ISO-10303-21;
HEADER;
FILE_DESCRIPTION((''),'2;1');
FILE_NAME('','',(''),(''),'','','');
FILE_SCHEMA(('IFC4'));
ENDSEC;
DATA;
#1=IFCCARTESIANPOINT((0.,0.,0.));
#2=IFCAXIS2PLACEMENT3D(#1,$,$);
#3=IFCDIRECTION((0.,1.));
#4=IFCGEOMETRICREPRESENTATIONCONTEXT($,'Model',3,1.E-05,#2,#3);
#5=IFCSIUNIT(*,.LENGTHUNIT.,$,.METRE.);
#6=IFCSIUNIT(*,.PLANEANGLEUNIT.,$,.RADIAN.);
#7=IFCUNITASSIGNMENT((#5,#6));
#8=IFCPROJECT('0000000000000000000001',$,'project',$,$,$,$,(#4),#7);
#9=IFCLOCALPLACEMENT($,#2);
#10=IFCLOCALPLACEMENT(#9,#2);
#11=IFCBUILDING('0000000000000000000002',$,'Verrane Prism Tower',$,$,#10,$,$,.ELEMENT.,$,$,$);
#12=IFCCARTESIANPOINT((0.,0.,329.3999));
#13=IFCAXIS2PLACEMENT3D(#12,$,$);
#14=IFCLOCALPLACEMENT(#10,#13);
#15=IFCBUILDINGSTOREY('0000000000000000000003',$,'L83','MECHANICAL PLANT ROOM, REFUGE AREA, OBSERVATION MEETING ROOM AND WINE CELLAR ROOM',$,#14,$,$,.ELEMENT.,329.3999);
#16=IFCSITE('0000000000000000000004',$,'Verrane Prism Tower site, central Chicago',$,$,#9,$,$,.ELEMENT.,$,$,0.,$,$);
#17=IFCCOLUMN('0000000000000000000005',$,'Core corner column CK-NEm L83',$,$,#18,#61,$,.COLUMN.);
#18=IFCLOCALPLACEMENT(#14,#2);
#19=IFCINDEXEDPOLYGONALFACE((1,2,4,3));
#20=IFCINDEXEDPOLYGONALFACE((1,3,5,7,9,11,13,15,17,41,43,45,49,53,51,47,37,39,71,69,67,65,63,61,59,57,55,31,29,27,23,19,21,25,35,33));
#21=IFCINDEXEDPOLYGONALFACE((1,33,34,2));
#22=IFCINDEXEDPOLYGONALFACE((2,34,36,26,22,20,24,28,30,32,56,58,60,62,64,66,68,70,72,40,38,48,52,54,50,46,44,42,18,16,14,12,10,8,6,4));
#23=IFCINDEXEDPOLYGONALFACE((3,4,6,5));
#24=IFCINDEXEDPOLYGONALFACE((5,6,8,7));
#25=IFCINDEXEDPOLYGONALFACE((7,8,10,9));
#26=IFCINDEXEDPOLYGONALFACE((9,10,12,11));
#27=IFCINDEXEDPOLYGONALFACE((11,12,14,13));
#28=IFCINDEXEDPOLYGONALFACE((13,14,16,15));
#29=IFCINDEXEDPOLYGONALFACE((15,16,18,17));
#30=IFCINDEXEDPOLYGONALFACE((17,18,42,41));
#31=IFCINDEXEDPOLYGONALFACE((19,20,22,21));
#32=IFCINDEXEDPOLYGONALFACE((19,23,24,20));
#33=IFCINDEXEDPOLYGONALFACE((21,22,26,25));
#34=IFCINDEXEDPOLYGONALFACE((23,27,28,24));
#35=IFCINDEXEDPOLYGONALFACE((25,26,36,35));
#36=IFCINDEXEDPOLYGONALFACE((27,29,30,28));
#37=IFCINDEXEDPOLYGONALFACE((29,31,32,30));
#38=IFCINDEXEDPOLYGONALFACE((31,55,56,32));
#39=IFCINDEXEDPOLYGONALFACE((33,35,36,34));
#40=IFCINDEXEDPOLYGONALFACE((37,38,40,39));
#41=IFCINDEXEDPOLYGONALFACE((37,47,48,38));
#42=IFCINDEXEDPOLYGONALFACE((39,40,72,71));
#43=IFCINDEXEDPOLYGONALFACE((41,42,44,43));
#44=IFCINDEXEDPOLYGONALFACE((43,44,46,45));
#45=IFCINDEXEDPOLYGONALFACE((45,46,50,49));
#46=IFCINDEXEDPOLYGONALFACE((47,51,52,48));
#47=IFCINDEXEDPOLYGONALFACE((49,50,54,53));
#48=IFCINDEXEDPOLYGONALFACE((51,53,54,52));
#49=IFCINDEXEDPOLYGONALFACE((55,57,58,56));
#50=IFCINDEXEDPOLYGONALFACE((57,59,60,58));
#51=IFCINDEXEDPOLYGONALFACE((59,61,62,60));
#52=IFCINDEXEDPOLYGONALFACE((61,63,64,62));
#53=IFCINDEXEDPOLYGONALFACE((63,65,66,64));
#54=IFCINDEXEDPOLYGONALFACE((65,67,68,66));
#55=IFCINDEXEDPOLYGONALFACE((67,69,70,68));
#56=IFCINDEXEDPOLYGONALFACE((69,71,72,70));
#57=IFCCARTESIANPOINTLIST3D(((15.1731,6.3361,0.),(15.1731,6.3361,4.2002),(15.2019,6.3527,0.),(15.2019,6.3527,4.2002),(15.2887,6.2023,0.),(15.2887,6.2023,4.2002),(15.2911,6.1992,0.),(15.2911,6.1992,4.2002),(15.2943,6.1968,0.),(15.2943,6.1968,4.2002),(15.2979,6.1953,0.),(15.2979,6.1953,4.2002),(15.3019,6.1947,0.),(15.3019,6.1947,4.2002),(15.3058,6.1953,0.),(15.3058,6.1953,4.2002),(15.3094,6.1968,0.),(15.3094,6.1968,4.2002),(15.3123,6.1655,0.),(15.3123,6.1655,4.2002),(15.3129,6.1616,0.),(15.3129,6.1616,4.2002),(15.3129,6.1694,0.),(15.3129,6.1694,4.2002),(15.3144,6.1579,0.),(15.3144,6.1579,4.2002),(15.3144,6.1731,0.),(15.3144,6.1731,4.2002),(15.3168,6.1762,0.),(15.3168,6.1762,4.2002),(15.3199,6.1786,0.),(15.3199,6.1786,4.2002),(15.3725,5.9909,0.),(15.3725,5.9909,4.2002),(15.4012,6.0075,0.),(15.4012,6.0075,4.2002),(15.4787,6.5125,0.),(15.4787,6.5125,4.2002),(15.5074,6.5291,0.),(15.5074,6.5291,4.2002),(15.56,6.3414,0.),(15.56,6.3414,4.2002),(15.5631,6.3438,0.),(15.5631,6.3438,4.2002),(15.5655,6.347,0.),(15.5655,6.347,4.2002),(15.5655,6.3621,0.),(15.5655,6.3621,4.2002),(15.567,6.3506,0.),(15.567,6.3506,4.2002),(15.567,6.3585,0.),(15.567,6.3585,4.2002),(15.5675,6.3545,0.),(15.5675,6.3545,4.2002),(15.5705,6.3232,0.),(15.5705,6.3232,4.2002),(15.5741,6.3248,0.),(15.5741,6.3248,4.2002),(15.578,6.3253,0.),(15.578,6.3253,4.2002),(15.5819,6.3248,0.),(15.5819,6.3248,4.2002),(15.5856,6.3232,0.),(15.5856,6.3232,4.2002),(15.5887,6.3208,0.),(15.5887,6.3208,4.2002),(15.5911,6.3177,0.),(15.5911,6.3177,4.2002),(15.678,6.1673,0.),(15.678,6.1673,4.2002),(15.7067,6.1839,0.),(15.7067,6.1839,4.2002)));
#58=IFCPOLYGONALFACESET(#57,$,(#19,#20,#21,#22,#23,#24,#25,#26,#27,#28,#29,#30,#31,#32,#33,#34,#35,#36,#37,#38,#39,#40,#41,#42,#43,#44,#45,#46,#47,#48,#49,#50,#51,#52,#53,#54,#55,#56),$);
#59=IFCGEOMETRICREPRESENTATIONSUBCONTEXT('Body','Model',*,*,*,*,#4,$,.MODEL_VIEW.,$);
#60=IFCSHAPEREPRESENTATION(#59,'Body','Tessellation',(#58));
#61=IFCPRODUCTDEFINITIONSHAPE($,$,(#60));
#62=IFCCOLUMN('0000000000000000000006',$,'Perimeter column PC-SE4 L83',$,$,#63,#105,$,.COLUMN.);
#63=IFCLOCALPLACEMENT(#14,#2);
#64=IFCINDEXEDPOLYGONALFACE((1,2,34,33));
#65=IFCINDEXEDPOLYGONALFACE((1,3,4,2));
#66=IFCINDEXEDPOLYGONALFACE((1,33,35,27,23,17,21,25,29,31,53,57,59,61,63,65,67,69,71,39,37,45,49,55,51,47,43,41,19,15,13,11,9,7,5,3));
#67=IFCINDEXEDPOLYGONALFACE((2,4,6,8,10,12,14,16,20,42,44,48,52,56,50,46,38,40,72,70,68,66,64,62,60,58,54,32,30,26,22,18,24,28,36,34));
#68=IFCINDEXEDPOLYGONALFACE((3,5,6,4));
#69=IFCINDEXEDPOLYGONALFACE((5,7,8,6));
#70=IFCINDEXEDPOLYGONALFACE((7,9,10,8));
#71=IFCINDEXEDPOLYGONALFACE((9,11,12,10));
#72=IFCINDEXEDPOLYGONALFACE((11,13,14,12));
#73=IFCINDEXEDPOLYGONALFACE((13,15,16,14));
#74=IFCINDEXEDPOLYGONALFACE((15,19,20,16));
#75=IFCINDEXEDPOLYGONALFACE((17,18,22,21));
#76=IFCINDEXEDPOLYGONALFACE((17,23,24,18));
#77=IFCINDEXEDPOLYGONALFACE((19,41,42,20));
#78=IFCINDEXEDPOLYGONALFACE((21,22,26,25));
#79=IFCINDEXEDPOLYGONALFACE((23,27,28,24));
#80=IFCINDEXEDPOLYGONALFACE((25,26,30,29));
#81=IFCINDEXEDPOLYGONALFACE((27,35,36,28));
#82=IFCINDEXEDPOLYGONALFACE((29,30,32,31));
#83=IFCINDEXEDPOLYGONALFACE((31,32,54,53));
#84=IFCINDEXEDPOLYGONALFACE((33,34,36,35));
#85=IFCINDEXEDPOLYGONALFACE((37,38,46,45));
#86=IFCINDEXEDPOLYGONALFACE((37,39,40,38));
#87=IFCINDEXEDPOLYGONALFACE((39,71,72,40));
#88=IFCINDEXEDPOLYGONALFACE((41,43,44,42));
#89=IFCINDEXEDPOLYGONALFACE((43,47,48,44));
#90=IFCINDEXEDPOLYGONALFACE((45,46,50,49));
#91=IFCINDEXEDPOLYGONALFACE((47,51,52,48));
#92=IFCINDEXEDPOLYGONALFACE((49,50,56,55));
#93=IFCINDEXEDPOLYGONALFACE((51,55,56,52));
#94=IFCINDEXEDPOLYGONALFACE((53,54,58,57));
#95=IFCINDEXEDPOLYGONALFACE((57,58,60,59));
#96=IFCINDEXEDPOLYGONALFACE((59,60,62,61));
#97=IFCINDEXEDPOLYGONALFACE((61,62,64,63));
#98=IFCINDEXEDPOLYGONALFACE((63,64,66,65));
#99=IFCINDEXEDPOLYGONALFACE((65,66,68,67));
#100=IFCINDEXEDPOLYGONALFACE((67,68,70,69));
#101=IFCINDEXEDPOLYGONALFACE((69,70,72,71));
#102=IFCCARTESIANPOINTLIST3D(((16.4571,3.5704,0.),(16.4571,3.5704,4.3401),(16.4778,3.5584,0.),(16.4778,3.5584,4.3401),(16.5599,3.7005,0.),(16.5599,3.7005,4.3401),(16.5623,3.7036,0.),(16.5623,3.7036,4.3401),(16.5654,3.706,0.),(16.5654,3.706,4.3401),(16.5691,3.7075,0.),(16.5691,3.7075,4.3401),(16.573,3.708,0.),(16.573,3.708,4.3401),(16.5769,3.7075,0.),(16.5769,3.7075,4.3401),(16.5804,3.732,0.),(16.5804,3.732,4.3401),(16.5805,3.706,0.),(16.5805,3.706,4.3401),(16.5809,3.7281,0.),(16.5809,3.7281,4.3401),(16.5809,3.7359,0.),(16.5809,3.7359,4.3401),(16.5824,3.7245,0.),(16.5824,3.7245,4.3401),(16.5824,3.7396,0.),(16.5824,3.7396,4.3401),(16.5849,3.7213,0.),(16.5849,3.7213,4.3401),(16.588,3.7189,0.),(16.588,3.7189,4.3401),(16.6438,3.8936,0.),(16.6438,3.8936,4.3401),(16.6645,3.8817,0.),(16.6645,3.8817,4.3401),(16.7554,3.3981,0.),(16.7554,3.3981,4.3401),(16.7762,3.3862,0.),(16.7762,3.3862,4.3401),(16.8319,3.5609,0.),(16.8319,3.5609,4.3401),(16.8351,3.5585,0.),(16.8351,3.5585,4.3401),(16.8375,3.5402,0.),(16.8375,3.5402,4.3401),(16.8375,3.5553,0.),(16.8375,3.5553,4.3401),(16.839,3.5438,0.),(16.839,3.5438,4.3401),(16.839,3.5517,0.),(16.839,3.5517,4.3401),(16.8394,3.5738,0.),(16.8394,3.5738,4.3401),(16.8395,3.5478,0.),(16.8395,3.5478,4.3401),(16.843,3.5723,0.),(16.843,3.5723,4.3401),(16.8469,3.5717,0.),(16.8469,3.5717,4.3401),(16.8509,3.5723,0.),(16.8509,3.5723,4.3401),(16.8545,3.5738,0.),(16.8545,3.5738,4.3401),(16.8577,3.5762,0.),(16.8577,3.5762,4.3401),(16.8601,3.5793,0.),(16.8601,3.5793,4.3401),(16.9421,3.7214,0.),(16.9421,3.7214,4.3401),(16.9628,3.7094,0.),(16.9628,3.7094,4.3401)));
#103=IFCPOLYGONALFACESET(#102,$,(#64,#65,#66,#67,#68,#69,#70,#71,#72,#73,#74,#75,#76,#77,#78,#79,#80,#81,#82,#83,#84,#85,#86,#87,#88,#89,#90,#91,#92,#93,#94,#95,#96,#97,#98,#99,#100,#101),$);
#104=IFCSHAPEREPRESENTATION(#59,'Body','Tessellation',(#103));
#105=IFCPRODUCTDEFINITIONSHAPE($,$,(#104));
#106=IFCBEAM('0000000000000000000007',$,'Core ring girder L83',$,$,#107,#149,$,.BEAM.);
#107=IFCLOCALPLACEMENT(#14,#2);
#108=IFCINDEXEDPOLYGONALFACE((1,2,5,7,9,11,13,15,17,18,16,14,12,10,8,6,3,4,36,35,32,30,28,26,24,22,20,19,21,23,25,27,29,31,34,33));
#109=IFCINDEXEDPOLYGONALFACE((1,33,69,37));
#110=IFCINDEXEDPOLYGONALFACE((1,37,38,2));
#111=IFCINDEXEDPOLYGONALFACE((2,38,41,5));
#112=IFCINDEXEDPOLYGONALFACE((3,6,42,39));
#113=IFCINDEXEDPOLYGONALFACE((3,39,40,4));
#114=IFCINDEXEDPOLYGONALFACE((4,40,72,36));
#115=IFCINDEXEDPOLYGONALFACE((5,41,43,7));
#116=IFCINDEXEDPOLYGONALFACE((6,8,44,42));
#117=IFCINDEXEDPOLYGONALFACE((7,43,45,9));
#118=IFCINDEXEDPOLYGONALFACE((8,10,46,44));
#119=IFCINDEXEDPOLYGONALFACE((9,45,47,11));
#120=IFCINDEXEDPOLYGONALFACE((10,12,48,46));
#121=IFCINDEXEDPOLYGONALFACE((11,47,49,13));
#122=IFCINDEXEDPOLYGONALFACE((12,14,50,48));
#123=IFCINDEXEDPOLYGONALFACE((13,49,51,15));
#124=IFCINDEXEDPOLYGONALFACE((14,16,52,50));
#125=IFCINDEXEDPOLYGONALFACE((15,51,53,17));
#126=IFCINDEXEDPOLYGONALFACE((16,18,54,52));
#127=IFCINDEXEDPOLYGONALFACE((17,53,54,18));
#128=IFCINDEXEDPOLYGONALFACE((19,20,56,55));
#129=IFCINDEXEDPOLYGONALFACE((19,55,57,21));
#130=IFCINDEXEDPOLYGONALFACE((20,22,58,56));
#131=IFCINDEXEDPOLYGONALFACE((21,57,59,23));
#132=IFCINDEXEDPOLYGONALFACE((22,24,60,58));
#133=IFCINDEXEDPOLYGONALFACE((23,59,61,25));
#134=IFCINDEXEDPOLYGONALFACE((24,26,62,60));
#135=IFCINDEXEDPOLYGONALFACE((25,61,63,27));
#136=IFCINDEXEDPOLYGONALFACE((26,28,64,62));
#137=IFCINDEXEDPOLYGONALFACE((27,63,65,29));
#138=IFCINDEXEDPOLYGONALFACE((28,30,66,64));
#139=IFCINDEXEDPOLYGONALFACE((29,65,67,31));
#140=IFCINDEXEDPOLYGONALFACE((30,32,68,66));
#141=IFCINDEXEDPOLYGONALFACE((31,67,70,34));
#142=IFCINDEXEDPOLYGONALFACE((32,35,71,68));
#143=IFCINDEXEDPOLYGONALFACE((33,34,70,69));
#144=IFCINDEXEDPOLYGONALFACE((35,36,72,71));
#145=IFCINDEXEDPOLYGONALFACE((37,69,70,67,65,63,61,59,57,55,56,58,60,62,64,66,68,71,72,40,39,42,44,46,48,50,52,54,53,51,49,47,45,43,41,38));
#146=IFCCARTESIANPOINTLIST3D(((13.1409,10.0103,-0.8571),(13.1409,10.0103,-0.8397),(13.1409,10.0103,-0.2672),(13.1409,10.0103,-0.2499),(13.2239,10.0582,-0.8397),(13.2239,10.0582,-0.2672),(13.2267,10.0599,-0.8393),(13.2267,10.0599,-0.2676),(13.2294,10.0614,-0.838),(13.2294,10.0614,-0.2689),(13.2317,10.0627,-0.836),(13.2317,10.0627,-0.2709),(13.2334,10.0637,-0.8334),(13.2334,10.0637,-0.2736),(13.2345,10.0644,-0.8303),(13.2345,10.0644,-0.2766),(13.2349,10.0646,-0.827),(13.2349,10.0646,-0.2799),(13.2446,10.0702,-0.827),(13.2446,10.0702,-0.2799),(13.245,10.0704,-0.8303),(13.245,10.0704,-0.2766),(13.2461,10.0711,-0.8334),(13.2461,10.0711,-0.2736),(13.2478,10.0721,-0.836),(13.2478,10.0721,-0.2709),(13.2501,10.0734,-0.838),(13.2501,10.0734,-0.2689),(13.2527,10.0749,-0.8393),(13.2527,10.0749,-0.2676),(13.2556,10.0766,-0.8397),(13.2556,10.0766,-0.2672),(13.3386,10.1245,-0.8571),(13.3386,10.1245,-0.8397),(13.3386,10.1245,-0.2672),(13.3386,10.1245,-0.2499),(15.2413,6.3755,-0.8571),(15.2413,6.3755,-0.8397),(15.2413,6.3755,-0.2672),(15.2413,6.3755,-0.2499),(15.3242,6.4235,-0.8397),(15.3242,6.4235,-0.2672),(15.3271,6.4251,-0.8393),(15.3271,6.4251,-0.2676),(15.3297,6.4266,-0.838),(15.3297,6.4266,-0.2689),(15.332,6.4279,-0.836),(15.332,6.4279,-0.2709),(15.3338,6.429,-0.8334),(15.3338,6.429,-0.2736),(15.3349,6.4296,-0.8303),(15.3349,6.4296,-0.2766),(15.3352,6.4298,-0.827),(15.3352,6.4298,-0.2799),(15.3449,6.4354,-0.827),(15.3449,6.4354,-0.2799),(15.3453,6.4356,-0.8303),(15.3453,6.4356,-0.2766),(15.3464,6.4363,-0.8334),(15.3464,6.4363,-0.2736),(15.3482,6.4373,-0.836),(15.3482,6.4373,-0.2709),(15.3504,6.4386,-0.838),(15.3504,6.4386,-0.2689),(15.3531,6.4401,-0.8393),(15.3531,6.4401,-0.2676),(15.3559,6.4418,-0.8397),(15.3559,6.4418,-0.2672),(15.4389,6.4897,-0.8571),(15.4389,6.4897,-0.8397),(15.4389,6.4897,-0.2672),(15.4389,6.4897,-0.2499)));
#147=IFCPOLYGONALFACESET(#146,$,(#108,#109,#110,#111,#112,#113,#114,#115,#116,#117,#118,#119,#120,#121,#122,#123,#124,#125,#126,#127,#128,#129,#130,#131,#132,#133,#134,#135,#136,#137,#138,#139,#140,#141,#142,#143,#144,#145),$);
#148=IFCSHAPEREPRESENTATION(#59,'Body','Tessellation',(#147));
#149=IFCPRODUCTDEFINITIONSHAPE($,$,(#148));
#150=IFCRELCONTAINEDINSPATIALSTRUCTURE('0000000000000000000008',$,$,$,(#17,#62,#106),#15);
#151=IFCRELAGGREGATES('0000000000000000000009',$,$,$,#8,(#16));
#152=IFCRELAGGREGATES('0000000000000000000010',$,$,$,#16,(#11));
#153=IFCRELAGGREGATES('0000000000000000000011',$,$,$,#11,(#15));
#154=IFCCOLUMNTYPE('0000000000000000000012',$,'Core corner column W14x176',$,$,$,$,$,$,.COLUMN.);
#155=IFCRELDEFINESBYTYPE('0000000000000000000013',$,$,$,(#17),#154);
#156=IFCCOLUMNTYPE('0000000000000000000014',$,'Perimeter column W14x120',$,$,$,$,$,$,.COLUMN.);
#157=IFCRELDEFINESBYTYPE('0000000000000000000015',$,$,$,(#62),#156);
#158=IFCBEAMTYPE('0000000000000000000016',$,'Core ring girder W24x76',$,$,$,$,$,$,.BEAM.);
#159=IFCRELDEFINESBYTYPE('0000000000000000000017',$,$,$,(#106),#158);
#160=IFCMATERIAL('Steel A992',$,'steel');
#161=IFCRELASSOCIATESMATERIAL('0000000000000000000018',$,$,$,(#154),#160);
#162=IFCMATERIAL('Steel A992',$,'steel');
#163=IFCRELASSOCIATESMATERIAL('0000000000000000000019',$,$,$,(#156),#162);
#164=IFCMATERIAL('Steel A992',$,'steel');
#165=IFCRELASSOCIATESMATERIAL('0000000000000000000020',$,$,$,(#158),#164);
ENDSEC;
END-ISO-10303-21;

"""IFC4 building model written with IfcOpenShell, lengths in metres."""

from ifc_helpers import new_model, si_unit, direction, frame, origin, origin_2d, place, context, subcontext, project, spatial, i_section, extrude, material, material_profile, profile_set, type_object, element, save


model = new_model("IFC4")

# Units and contexts
model_context = context("Model", 3, precision=1e-05, world=origin(), true_north=direction((0.0, 1.0)))
body_context = subcontext(model_context, "Body", "Model", "MODEL_VIEW")
ifc_project = project(units=[si_unit("LENGTHUNIT", "METRE"), si_unit("PLANEANGLEUNIT", "RADIAN")], contexts=[model_context])

# Site, building, storey
site_placement = place(None, origin())
site = spatial("IfcSite", under=ifc_project, at=site_placement, Name="Verrane Prism Tower site, central Chicago", CompositionType="ELEMENT", RefElevation=0.0)
building_placement = place(site_placement, origin())
building = spatial("IfcBuilding", under=site, at=building_placement, Name="Verrane Prism Tower", CompositionType="ELEMENT")
storey_placement = place(building_placement, frame((0.0, 0.0, 329.3999)))
storey = spatial("IfcBuildingStorey", under=building, at=storey_placement, Name="L83", Description="MECHANICAL PLANT ROOM, REFUGE AREA, OBSERVATION MEETING ROOM AND WINE CELLAR ROOM", CompositionType="ELEMENT", Elevation=329.3999)

# Columns
ifc_material_1 = material(Name="Steel A992", Category="steel")
ifc_material_profile_1 = material_profile(ifc_material_1, i_section(OverallWidth=0.3987, OverallDepth=0.386, WebThickness=0.021, FlangeThickness=0.0332, FilletRadius=0.0151, at=origin_2d()), Name="W14x176")
ifc_profile_set_1 = profile_set([ifc_material_profile_1], Name="Steel A992")
column_type_1 = type_object("IfcColumnType", Name="Core corner column W14x176", PredefinedType="COLUMN", material=ifc_profile_set_1)
column_1_placement = place(storey_placement, frame((15.4399, 6.26, 0.0), z_axis=(0.0, 0.0, 1.0), x_axis=(0.5, -0.866025, 0.0)))
element("IfcColumn", 1, at=column_1_placement, inside=storey, type_object=column_type_1, Name="Core corner column CK-NEm L83", PredefinedType="COLUMN", context=body_context, shape_type="SweptSolid", body=[
    extrude(i_section(OverallWidth=0.3987, OverallDepth=0.386, WebThickness=0.021, FlangeThickness=0.0332, FilletRadius=0.0151, at=origin_2d()), origin(), (0.0, 0.0, 1.0), 4.2002),
])
ifc_material_2 = material(Name="Steel A992", Category="steel")
ifc_material_profile_2 = material_profile(ifc_material_2, i_section(OverallWidth=0.3733, OverallDepth=0.3684, WebThickness=0.0149, FlangeThickness=0.0239, FilletRadius=0.0151, at=origin_2d()), Name="W14x120")
ifc_profile_set_2 = profile_set([ifc_material_profile_2], Name="Steel A992")
column_type_2 = type_object("IfcColumnType", Name="Perimeter column W14x120", PredefinedType="COLUMN", material=ifc_profile_set_2)
column_2_placement = place(storey_placement, frame((16.71, 3.6399, 0.0), z_axis=(0.0, 0.0, 1.0), x_axis=(-0.5, -0.866025, 0.0)))
element("IfcColumn", 2, at=column_2_placement, inside=storey, type_object=column_type_2, Name="Perimeter column PC-SE4 L83", PredefinedType="COLUMN", context=body_context, shape_type="SweptSolid", body=[
    extrude(i_section(OverallWidth=0.3733, OverallDepth=0.3684, WebThickness=0.0149, FlangeThickness=0.0239, FilletRadius=0.0151, at=origin_2d()), origin(), (0.0, 0.0, 1.0), 4.3401),
])

# Beam
ifc_material_3 = material(Name="Steel A992", Category="steel")
ifc_material_profile_3 = material_profile(ifc_material_3, i_section(OverallWidth=0.2283, OverallDepth=0.6072, WebThickness=0.0112, FlangeThickness=0.0173, FilletRadius=0.0127, at=origin_2d()), Name="W24x76")
ifc_profile_set_3 = profile_set([ifc_material_profile_3], Name="Steel A992")
beam_type_1 = type_object("IfcBeamType", Name="Core ring girder W24x76", PredefinedType="BEAM", material=ifc_profile_set_3)
beam_1_placement = place(storey_placement, frame((15.3401, 6.4326, -0.5535), z_axis=(-0.500323, 0.865839, 0.0), x_axis=(-0.865839, -0.500323, 0.0)))
element("IfcBeam", 3, at=beam_1_placement, inside=storey, type_object=beam_type_1, Name="Core ring girder L83", PredefinedType="BEAM", context=body_context, shape_type="SweptSolid", body=[
    extrude(i_section(OverallWidth=0.2283, OverallDepth=0.6072, WebThickness=0.0112, FlangeThickness=0.0173, FilletRadius=0.0127, at=origin_2d()), origin(), (0.0, 0.0, 1.0), 4.198),
])

save(model, "model.ifc")
